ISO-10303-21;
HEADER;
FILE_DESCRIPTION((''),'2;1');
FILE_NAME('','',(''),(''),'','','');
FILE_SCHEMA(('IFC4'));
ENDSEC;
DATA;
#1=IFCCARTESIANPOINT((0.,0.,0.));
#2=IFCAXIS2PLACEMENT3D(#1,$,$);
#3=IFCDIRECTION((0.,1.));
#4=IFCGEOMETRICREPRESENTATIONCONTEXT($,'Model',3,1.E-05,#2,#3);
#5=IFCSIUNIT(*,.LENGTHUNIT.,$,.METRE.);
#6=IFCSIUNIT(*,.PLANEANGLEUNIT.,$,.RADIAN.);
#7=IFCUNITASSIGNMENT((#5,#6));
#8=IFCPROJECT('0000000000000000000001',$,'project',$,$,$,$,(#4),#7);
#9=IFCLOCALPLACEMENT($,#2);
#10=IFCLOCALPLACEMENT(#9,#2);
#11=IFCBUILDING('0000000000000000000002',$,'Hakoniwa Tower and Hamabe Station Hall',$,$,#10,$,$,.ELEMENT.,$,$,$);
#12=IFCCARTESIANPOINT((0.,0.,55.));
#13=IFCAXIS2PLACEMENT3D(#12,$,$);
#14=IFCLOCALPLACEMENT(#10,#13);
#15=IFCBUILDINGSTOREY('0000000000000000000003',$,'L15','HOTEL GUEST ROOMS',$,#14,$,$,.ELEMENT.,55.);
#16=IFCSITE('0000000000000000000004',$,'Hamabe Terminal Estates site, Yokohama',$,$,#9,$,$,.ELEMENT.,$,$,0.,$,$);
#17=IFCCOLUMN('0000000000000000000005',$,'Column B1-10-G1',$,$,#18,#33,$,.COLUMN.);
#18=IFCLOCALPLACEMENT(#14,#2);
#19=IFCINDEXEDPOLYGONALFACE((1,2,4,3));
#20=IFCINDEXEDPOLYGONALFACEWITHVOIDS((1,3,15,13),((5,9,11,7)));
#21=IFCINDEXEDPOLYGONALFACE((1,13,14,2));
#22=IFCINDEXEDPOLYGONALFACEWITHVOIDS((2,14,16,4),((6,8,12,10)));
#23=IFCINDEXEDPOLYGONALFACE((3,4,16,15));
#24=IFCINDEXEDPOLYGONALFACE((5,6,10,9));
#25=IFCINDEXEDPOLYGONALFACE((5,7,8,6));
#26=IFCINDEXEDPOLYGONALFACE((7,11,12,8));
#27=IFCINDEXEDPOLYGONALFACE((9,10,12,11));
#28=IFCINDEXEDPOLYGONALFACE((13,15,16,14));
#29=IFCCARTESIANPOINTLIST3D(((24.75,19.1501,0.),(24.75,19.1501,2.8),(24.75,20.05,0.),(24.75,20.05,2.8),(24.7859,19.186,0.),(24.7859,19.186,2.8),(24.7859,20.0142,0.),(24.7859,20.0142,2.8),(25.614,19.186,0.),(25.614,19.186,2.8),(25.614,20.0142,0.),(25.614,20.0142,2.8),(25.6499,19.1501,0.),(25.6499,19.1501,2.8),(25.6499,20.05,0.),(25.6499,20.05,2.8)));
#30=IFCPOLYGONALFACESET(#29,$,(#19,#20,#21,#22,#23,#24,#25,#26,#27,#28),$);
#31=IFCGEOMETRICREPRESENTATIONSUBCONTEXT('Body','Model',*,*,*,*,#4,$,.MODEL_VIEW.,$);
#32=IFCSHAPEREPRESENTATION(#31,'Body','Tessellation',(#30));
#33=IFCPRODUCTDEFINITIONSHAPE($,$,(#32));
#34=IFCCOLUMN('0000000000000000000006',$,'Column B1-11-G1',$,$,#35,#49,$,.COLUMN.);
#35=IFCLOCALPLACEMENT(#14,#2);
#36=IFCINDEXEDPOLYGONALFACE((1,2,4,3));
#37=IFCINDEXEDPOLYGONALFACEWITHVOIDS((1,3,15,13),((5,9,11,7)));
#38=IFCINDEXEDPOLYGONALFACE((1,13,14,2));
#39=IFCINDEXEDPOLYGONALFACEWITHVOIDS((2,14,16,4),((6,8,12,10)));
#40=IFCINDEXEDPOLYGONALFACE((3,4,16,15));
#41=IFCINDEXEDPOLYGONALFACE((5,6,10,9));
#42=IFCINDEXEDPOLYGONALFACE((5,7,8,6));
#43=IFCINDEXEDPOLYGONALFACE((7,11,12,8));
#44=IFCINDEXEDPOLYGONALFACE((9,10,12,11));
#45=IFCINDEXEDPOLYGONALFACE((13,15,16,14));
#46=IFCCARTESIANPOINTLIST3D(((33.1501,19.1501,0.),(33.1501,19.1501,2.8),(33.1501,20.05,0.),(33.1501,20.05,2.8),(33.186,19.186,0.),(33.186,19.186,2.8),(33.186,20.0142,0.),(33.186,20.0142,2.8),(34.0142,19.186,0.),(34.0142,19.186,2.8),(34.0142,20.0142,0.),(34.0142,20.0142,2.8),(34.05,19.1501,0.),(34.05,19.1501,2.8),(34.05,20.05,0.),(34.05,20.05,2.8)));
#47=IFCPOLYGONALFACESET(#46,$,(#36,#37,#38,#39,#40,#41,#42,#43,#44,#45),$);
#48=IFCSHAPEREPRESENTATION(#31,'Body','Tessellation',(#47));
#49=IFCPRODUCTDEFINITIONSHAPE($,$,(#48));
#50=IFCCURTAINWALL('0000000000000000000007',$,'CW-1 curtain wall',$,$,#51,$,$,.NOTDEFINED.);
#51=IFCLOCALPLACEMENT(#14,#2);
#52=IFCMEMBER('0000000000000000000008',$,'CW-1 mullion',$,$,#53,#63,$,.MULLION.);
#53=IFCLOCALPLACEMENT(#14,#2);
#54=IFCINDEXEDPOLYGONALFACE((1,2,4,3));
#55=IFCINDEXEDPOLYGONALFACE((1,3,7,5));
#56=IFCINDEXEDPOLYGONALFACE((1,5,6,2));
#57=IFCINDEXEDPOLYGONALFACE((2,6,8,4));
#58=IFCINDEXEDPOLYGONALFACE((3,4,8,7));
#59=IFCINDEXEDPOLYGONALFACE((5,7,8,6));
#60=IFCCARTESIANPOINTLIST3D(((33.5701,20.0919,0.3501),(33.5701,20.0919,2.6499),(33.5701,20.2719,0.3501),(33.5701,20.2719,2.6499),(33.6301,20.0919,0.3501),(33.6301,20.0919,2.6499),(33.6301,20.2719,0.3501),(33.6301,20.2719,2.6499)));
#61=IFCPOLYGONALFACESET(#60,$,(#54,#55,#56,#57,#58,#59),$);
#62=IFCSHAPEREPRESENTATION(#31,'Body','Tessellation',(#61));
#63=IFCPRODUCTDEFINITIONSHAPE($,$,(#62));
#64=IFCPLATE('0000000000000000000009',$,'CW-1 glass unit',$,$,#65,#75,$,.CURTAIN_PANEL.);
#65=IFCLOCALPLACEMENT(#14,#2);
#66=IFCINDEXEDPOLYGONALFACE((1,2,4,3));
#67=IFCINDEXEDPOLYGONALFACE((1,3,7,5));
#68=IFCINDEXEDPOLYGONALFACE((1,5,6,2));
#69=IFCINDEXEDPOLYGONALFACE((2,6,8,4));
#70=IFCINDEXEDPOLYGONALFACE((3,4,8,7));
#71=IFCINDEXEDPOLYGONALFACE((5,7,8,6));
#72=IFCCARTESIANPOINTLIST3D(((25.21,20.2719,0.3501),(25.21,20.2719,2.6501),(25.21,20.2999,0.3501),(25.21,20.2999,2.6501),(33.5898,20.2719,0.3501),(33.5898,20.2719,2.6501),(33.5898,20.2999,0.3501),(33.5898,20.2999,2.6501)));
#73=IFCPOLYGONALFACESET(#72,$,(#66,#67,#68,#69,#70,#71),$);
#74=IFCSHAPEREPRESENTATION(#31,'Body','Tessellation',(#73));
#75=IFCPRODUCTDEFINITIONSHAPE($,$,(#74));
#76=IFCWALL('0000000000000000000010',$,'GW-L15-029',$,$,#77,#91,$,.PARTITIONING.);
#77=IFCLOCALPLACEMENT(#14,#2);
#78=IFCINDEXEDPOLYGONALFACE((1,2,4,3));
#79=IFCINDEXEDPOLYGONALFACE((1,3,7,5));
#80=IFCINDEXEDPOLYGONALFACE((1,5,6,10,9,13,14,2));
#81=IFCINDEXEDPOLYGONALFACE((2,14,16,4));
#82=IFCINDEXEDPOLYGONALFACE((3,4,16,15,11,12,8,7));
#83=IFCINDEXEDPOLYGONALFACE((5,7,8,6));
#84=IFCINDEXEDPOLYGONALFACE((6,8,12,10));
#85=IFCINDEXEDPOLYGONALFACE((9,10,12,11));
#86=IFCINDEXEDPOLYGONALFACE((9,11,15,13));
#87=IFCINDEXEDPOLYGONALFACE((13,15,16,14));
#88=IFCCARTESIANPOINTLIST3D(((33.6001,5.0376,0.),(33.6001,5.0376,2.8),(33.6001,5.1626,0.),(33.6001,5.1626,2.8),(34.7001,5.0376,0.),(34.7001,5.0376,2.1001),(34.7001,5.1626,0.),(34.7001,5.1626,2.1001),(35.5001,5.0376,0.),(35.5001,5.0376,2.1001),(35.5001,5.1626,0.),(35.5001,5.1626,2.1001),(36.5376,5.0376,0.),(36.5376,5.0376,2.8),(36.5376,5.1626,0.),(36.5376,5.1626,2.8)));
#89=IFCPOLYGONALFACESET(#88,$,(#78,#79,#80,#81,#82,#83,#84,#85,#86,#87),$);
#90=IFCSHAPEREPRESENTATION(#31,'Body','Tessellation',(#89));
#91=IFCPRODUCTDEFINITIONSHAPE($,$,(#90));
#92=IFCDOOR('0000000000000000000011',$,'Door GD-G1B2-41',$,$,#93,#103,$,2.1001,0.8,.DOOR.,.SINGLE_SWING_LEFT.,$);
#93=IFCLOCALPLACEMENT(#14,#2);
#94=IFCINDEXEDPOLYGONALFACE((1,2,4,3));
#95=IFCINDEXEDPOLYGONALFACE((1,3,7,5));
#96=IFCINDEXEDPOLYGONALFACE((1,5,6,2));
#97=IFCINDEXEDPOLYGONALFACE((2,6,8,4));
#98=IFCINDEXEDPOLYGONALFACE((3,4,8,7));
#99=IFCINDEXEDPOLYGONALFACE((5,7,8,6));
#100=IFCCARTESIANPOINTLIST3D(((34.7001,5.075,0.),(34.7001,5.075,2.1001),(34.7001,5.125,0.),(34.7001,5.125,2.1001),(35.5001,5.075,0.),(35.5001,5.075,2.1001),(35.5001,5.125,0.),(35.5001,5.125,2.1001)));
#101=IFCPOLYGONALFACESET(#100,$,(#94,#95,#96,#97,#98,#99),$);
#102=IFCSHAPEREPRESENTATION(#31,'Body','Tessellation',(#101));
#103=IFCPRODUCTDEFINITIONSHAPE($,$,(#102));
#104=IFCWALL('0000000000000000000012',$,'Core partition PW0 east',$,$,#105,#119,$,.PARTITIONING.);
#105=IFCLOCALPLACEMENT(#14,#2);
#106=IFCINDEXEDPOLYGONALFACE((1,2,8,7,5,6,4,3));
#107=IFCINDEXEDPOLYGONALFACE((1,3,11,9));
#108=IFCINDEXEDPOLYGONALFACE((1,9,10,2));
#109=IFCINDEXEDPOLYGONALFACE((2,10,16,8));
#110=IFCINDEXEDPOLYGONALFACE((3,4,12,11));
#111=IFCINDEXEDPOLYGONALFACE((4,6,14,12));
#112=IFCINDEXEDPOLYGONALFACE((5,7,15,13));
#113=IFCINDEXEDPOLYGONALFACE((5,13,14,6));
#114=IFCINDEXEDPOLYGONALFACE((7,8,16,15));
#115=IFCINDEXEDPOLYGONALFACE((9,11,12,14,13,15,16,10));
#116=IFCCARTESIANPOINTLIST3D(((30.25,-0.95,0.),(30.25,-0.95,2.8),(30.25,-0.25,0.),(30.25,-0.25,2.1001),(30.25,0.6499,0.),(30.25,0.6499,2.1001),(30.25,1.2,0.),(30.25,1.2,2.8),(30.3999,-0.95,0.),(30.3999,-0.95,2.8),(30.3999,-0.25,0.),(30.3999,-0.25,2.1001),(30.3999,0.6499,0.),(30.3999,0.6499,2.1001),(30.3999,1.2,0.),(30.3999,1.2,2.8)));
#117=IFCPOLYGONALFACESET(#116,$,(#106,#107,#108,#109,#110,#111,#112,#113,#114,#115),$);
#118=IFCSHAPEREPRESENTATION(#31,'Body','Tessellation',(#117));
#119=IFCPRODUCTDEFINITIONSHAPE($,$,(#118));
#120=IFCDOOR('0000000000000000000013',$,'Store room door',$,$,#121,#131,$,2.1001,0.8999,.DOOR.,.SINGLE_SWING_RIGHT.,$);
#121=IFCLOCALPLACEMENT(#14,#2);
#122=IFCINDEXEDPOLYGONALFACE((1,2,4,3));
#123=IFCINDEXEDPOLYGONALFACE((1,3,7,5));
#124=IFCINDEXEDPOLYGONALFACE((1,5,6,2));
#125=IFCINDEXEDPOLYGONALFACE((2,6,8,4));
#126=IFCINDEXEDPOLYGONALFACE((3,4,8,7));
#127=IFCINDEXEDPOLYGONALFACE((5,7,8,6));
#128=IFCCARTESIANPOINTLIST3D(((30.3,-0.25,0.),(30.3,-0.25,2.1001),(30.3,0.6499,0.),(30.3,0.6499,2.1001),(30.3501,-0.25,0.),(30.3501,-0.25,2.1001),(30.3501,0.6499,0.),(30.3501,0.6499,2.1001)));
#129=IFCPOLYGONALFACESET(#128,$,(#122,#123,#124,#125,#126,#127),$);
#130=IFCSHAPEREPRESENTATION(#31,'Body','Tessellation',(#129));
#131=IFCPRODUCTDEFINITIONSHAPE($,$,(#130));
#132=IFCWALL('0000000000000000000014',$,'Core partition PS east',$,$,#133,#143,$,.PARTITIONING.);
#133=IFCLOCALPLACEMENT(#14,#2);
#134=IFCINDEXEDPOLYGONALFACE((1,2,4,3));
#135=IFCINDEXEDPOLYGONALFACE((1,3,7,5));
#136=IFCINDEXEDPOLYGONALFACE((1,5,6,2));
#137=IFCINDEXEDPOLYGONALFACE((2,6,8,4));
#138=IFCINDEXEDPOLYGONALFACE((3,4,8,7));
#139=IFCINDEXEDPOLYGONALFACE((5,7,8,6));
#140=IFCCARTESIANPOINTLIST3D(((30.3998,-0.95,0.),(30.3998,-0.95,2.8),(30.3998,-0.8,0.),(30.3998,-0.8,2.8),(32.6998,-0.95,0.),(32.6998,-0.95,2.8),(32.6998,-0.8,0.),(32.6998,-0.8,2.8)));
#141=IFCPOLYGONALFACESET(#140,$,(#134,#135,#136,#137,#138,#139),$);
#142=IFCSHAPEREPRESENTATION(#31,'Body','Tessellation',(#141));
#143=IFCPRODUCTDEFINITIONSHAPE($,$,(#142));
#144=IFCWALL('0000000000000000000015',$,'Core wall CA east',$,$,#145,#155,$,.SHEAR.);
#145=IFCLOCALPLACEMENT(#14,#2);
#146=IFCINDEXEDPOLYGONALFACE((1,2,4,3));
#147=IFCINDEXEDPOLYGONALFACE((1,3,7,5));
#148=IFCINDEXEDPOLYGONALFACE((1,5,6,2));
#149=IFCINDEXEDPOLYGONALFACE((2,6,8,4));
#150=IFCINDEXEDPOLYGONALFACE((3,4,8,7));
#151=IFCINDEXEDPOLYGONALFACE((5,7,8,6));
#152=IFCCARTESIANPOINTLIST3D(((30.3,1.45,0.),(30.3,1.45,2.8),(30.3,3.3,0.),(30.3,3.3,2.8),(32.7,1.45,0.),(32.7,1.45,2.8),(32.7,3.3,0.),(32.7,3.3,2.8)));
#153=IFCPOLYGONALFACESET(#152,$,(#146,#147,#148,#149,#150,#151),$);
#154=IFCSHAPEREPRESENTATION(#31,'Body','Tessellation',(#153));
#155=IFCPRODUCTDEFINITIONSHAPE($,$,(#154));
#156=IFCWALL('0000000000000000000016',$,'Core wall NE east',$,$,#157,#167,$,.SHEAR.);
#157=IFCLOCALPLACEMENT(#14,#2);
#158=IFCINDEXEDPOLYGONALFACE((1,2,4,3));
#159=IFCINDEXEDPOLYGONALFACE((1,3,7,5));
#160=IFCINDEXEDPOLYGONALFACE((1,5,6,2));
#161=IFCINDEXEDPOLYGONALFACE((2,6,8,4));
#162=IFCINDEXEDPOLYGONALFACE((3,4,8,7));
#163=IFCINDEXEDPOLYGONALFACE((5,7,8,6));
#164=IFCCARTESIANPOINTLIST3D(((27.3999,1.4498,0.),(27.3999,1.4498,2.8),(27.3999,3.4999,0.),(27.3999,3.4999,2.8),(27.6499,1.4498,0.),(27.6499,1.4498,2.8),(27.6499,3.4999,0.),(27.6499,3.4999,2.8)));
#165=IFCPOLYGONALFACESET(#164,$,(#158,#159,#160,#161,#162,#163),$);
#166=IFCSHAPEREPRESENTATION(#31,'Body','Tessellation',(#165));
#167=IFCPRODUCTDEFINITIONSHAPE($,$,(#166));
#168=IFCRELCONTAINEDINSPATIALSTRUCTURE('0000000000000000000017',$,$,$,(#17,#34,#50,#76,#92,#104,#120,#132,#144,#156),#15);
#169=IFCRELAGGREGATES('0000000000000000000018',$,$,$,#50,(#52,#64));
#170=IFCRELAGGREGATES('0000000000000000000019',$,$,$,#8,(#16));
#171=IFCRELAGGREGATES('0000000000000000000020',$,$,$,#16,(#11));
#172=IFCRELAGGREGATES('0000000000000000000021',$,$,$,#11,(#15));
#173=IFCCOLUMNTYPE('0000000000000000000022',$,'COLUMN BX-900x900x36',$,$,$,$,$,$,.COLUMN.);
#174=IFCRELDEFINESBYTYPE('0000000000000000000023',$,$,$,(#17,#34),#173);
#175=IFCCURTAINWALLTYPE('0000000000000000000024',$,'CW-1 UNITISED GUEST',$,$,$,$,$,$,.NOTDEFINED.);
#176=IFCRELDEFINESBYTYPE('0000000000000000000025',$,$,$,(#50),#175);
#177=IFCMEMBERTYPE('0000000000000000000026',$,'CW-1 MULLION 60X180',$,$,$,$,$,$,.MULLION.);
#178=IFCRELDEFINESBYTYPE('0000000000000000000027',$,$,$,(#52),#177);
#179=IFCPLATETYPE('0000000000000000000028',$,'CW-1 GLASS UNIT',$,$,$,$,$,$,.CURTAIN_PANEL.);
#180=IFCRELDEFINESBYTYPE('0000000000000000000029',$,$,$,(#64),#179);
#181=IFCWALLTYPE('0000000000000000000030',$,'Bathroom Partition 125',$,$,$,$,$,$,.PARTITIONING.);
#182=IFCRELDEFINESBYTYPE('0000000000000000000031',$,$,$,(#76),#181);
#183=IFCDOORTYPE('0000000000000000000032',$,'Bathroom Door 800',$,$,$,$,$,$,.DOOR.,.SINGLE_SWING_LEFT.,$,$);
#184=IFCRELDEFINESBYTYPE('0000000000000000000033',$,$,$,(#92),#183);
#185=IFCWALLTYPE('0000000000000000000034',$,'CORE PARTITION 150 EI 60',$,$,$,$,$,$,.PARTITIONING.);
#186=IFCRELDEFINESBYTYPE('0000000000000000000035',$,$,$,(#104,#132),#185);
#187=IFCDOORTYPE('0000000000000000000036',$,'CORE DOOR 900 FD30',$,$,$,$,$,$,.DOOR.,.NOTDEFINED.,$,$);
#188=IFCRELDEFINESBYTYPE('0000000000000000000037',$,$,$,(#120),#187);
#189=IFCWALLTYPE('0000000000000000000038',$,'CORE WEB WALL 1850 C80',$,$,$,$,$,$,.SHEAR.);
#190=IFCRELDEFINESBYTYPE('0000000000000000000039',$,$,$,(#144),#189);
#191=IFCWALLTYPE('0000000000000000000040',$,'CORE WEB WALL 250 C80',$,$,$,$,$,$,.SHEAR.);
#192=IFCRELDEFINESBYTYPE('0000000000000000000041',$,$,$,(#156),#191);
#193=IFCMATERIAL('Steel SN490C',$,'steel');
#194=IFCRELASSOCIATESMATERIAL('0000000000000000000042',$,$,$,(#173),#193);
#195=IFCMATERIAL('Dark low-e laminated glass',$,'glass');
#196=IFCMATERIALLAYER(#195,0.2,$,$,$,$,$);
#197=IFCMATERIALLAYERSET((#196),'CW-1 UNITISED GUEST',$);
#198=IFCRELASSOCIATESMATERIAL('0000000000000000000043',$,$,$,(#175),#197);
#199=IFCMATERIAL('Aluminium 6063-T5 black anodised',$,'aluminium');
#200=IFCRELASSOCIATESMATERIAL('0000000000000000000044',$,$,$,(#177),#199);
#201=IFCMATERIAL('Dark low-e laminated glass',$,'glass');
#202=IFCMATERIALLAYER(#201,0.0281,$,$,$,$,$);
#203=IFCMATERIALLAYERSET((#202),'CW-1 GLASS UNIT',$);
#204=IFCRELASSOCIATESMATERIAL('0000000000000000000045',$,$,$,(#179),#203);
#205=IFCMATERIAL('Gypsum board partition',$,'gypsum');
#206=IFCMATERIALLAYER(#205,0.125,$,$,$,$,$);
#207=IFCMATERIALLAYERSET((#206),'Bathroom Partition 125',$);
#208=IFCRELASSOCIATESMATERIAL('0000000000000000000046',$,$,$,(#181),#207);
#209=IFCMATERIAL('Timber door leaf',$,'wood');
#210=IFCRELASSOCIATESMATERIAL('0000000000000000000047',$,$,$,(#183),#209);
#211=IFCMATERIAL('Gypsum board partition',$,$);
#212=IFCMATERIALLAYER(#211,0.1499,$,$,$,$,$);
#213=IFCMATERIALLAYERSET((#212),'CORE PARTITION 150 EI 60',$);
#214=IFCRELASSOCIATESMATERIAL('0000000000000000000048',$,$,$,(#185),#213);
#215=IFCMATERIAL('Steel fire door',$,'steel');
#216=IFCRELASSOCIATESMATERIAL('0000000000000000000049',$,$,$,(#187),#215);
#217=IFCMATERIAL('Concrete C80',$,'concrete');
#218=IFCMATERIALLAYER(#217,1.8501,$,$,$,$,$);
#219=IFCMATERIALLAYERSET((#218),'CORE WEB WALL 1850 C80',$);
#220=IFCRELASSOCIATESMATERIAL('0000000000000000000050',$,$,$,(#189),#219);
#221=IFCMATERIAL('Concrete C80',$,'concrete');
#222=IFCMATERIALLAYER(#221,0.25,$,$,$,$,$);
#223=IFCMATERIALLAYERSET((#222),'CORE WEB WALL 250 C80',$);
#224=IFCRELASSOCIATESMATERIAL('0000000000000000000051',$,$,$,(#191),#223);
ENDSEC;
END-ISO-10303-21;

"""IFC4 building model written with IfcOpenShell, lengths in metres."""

from ifc_helpers import new_model, si_unit, direction, frame, frame_2d, origin, origin_2d, place, context, subcontext, project, spatial, rectangle, hollow_rectangle, extrude, material, layer, layer_set, material_profile, profile_set, type_object, element, fill, aggregate, save


model = new_model("IFC4")

# Units and contexts
model_context = context("Model", 3, precision=1e-05, world=origin(), true_north=direction((0.0, 1.0)))
body_context = subcontext(model_context, "Body", "Model", "MODEL_VIEW")
ifc_project = project(units=[si_unit("LENGTHUNIT", "METRE"), si_unit("PLANEANGLEUNIT", "RADIAN")], contexts=[model_context])

# Site, building, storey
site_placement = place(None, origin())
site = spatial("IfcSite", under=ifc_project, at=site_placement, Name="Hamabe Terminal Estates site, Yokohama", CompositionType="ELEMENT", RefElevation=0.0)
building_placement = place(site_placement, origin())
building = spatial("IfcBuilding", under=site, at=building_placement, Name="Hakoniwa Tower and Hamabe Station Hall", CompositionType="ELEMENT")
storey_placement = place(building_placement, frame((0.0, 0.0, 55.0)))
storey = spatial("IfcBuildingStorey", under=building, at=storey_placement, Name="L15", Description="HOTEL GUEST ROOMS", CompositionType="ELEMENT", Elevation=55.0)

# Columns
ifc_material_1 = material(Name="Steel SN490C", Category="steel")
ifc_material_profile_1 = material_profile(ifc_material_1, hollow_rectangle(XDim=0.8999, YDim=0.8999, WallThickness=0.0359, at=origin_2d()), Name="BX-900x900x36")
ifc_profile_set_1 = profile_set([ifc_material_profile_1], Name="Steel SN490C")
column_type = type_object("IfcColumnType", Name="COLUMN BX-900x900x36", PredefinedType="COLUMN", material=ifc_profile_set_1)
for number, where, z_axis, x_axis, name in (
    (1, (25.2, 19.6001, 0.0), (0.0, 0.0, 1.0), (1.0, 0.0, 0.0), "Column B1-10-G1"),
    (2, (33.6001, 19.6001, 0.0), (0.0, 0.0, 1.0), (1.0, 0.0, 0.0), "Column B1-11-G1"),
):
    element("IfcColumn", number, at=place(storey_placement, frame(where, z_axis=z_axis, x_axis=x_axis)), inside=storey, type_object=column_type, Name=name, PredefinedType="COLUMN", context=body_context, shape_type="SweptSolid", body=[
        extrude(hollow_rectangle(XDim=0.8999, YDim=0.8999, WallThickness=0.0359, at=origin_2d()), origin(), (0.0, 0.0, 1.0), 2.8),
    ])

# Curtain wall, member, plate
ifc_material_2 = material(Name="Dark low-e laminated glass", Category="glass")
ifc_layer_1 = layer(ifc_material_2, 0.2)
ifc_layer_set_1 = layer_set([ifc_layer_1], Name="CW-1 UNITISED GUEST")
curtain_wall_type = type_object("IfcCurtainWallType", Name="CW-1 UNITISED GUEST", PredefinedType="NOTDEFINED", material=ifc_layer_set_1)
curtain_wall_placement = place(storey_placement, origin())
curtain_wall = element("IfcCurtainWall", 3, at=curtain_wall_placement, inside=storey, type_object=curtain_wall_type, Name="CW-1 curtain wall", PredefinedType="NOTDEFINED")
ifc_material_3 = material(Name="Aluminium 6063-T5 black anodised", Category="aluminium")
ifc_material_profile_2 = material_profile(ifc_material_3, rectangle(XDim=0.0601, YDim=0.1799, at=origin_2d()), Name="CW-1 MULLION 60X180")
ifc_profile_set_2 = profile_set([ifc_material_profile_2], Name="Aluminium 6063-T5 black anodised")
member_type = type_object("IfcMemberType", Name="CW-1 MULLION 60X180", PredefinedType="MULLION", material=ifc_profile_set_2)
member_placement = place(storey_placement, frame((33.6001, 20.1819, 0.3501), z_axis=(0.0, 0.0, 1.0), x_axis=(-1.0, 0.0, 0.0)))
member = element("IfcMember", 4, at=member_placement, type_object=member_type, Name="CW-1 mullion", PredefinedType="MULLION", context=body_context, shape_type="SweptSolid", body=[
    extrude(rectangle(XDim=0.0601, YDim=0.1799, at=origin_2d()), origin(), (0.0, 0.0, 1.0), 2.2998),
])
ifc_material_4 = material(Name="Dark low-e laminated glass", Category="glass")
ifc_layer_2 = layer(ifc_material_4, 0.0281)
ifc_layer_set_2 = layer_set([ifc_layer_2], Name="CW-1 GLASS UNIT")
plate_type = type_object("IfcPlateType", Name="CW-1 GLASS UNIT", PredefinedType="CURTAIN_PANEL", material=ifc_layer_set_2)
plate_placement = place(storey_placement, frame((29.3999, 20.2859, 0.3501), z_axis=(0.0, 0.0, 1.0), x_axis=(-1.0, 0.0, 0.0)))
plate = element("IfcPlate", 5, at=plate_placement, type_object=plate_type, Name="CW-1 glass unit", PredefinedType="CURTAIN_PANEL", context=body_context, shape_type="SweptSolid", body=[
    extrude(rectangle(XDim=8.3799, YDim=0.0281, at=origin_2d()), origin(), (0.0, 0.0, 1.0), 2.3),
])
aggregate(curtain_wall, [member, plate])

# Walls, openings, doors
ifc_material_5 = material(Name="Gypsum board partition", Category="gypsum")
ifc_layer_3 = layer(ifc_material_5, 0.125)
ifc_layer_set_3 = layer_set([ifc_layer_3], Name="Bathroom Partition 125")
wall_type_1 = type_object("IfcWallType", Name="Bathroom Partition 125", PredefinedType="PARTITIONING", material=ifc_layer_set_3)
wall_1_placement = place(storey_placement, frame((33.6001, 5.1001, 0.0), z_axis=(0.0, 0.0, 1.0), x_axis=(1.0, 0.0, 0.0)))
wall_1 = element("IfcWall", 6, at=wall_1_placement, inside=storey, type_object=wall_type_1, Name="GW-L15-029", PredefinedType="PARTITIONING", context=body_context, shape_type="SweptSolid", body=[
    extrude(rectangle(XDim=2.9375, YDim=0.125, at=frame_2d((1.4688, 0.0))), origin(), (0.0, 0.0, 1.0), 2.8),
])
opening_1_placement = place(wall_1_placement, frame((1.1001, 0.0, 0.0)))
opening_1 = element("IfcOpeningElement", 7, at=opening_1_placement, cuts=wall_1, PredefinedType="OPENING", context=body_context, shape_type="SweptSolid", body=[
    extrude(rectangle(XDim=0.8, YDim=2.1001, at=frame_2d((0.3999, 1.05))), frame((0.0, 0.0725, 0.0), z_axis=(0.0, -1.0, 0.0), x_axis=(1.0, 0.0, 0.0)), (0.0, 0.0, 1.0), 0.145),
])
ifc_material_6 = material(Name="Timber door leaf", Category="wood")
door_type_1 = type_object("IfcDoorType", Name="Bathroom Door 800", OperationType="SINGLE_SWING_LEFT", PredefinedType="DOOR", material=ifc_material_6)
door_1_placement = place(opening_1_placement, origin())
door_1 = element("IfcDoor", 8, at=door_1_placement, inside=storey, type_object=door_type_1, Name="Door GD-G1B2-41", OperationType="SINGLE_SWING_LEFT", OverallHeight=2.1001, OverallWidth=0.8, PredefinedType="DOOR", context=body_context, shape_type="SweptSolid", body=[
    extrude(rectangle(XDim=0.8, YDim=2.1001, at=frame_2d((0.3999, 1.05))), frame((0.0, 0.0249, 0.0), z_axis=(0.0, -1.0, 0.0), x_axis=(1.0, 0.0, 0.0)), (0.0, 0.0, 1.0), 0.05),
])
fill(opening_1, door_1)
ifc_material_7 = material(Name="Gypsum board partition")
ifc_layer_4 = layer(ifc_material_7, 0.1499)
ifc_layer_set_4 = layer_set([ifc_layer_4], Name="CORE PARTITION 150 EI 60")
wall_type_2 = type_object("IfcWallType", Name="CORE PARTITION 150 EI 60", PredefinedType="PARTITIONING", material=ifc_layer_set_4)
wall_2_placement = place(storey_placement, frame((30.325, -0.95, 0.0), z_axis=(0.0, 0.0, 1.0), x_axis=(0.0, 1.0, 0.0)))
wall_2 = element("IfcWall", 9, at=wall_2_placement, inside=storey, type_object=wall_type_2, Name="Core partition PW0 east", PredefinedType="PARTITIONING", context=body_context, shape_type="SweptSolid", body=[
    extrude(rectangle(XDim=2.1499, YDim=0.1499, at=frame_2d((1.075, 0.0))), origin(), (0.0, 0.0, 1.0), 2.8),
])
opening_2_placement = place(wall_2_placement, frame((0.7, 0.0, 0.0)))
opening_2 = element("IfcOpeningElement", 10, at=opening_2_placement, cuts=wall_2, PredefinedType="OPENING", context=body_context, shape_type="SweptSolid", body=[
    extrude(rectangle(XDim=0.8999, YDim=2.1001, at=frame_2d((0.45, 1.05))), frame((0.0, 0.085, 0.0), z_axis=(0.0, -1.0, 0.0), x_axis=(1.0, 0.0, 0.0)), (0.0, 0.0, 1.0), 0.1699),
])
ifc_material_8 = material(Name="Steel fire door", Category="steel")
door_type_2 = type_object("IfcDoorType", Name="CORE DOOR 900 FD30", OperationType="NOTDEFINED", PredefinedType="DOOR", material=ifc_material_8)
door_2_placement = place(opening_2_placement, origin())
door_2 = element("IfcDoor", 11, at=door_2_placement, inside=storey, type_object=door_type_2, Name="Store room door", OperationType="SINGLE_SWING_RIGHT", OverallHeight=2.1001, OverallWidth=0.8999, PredefinedType="DOOR", context=body_context, shape_type="SweptSolid", body=[
    extrude(rectangle(XDim=0.8999, YDim=2.1001, at=frame_2d((0.45, 1.05))), frame((0.0, 0.0249, 0.0), z_axis=(0.0, -1.0, 0.0), x_axis=(1.0, 0.0, 0.0)), (0.0, 0.0, 1.0), 0.05),
])
fill(opening_2, door_2)

# Walls
wall_3_placement = place(storey_placement, frame((30.3999, -0.875, 0.0), z_axis=(0.0, 0.0, 1.0), x_axis=(1.0, 0.0, 0.0)))
element("IfcWall", 12, at=wall_3_placement, inside=storey, type_object=wall_type_2, Name="Core partition PS east", PredefinedType="PARTITIONING", context=body_context, shape_type="SweptSolid", body=[
    extrude(rectangle(XDim=2.3, YDim=0.1499, at=frame_2d((1.1499, 0.0))), origin(), (0.0, 0.0, 1.0), 2.8),
])
ifc_material_9 = material(Name="Concrete C80", Category="concrete")
ifc_layer_5 = layer(ifc_material_9, 1.8501)
ifc_layer_set_5 = layer_set([ifc_layer_5], Name="CORE WEB WALL 1850 C80")
wall_type_3 = type_object("IfcWallType", Name="CORE WEB WALL 1850 C80", PredefinedType="SHEAR", material=ifc_layer_set_5)
wall_4_placement = place(storey_placement, frame((30.3, 2.375, 0.0), z_axis=(0.0, 0.0, 1.0), x_axis=(1.0, 0.0, 0.0)))
element("IfcWall", 13, at=wall_4_placement, inside=storey, type_object=wall_type_3, Name="Core wall CA east", PredefinedType="SHEAR", context=body_context, shape_type="SweptSolid", body=[
    extrude(rectangle(XDim=2.3999, YDim=1.8501, at=frame_2d((1.2, 0.0))), origin(), (0.0, 0.0, 1.0), 2.8),
])
ifc_material_10 = material(Name="Concrete C80", Category="concrete")
ifc_layer_6 = layer(ifc_material_10, 0.25)
ifc_layer_set_6 = layer_set([ifc_layer_6], Name="CORE WEB WALL 250 C80")
wall_type_4 = type_object("IfcWallType", Name="CORE WEB WALL 250 C80", PredefinedType="SHEAR", material=ifc_layer_set_6)
wall_5_placement = place(storey_placement, frame((27.5249, 1.45, 0.0), z_axis=(0.0, 0.0, 1.0), x_axis=(0.0, 1.0, 0.0)))
element("IfcWall", 14, at=wall_5_placement, inside=storey, type_object=wall_type_4, Name="Core wall NE east", PredefinedType="SHEAR", context=body_context, shape_type="SweptSolid", body=[
    extrude(rectangle(XDim=2.05, YDim=0.25, at=frame_2d((1.0249, 0.0))), origin(), (0.0, 0.0, 1.0), 2.8),
])

save(model, "model.ifc")
